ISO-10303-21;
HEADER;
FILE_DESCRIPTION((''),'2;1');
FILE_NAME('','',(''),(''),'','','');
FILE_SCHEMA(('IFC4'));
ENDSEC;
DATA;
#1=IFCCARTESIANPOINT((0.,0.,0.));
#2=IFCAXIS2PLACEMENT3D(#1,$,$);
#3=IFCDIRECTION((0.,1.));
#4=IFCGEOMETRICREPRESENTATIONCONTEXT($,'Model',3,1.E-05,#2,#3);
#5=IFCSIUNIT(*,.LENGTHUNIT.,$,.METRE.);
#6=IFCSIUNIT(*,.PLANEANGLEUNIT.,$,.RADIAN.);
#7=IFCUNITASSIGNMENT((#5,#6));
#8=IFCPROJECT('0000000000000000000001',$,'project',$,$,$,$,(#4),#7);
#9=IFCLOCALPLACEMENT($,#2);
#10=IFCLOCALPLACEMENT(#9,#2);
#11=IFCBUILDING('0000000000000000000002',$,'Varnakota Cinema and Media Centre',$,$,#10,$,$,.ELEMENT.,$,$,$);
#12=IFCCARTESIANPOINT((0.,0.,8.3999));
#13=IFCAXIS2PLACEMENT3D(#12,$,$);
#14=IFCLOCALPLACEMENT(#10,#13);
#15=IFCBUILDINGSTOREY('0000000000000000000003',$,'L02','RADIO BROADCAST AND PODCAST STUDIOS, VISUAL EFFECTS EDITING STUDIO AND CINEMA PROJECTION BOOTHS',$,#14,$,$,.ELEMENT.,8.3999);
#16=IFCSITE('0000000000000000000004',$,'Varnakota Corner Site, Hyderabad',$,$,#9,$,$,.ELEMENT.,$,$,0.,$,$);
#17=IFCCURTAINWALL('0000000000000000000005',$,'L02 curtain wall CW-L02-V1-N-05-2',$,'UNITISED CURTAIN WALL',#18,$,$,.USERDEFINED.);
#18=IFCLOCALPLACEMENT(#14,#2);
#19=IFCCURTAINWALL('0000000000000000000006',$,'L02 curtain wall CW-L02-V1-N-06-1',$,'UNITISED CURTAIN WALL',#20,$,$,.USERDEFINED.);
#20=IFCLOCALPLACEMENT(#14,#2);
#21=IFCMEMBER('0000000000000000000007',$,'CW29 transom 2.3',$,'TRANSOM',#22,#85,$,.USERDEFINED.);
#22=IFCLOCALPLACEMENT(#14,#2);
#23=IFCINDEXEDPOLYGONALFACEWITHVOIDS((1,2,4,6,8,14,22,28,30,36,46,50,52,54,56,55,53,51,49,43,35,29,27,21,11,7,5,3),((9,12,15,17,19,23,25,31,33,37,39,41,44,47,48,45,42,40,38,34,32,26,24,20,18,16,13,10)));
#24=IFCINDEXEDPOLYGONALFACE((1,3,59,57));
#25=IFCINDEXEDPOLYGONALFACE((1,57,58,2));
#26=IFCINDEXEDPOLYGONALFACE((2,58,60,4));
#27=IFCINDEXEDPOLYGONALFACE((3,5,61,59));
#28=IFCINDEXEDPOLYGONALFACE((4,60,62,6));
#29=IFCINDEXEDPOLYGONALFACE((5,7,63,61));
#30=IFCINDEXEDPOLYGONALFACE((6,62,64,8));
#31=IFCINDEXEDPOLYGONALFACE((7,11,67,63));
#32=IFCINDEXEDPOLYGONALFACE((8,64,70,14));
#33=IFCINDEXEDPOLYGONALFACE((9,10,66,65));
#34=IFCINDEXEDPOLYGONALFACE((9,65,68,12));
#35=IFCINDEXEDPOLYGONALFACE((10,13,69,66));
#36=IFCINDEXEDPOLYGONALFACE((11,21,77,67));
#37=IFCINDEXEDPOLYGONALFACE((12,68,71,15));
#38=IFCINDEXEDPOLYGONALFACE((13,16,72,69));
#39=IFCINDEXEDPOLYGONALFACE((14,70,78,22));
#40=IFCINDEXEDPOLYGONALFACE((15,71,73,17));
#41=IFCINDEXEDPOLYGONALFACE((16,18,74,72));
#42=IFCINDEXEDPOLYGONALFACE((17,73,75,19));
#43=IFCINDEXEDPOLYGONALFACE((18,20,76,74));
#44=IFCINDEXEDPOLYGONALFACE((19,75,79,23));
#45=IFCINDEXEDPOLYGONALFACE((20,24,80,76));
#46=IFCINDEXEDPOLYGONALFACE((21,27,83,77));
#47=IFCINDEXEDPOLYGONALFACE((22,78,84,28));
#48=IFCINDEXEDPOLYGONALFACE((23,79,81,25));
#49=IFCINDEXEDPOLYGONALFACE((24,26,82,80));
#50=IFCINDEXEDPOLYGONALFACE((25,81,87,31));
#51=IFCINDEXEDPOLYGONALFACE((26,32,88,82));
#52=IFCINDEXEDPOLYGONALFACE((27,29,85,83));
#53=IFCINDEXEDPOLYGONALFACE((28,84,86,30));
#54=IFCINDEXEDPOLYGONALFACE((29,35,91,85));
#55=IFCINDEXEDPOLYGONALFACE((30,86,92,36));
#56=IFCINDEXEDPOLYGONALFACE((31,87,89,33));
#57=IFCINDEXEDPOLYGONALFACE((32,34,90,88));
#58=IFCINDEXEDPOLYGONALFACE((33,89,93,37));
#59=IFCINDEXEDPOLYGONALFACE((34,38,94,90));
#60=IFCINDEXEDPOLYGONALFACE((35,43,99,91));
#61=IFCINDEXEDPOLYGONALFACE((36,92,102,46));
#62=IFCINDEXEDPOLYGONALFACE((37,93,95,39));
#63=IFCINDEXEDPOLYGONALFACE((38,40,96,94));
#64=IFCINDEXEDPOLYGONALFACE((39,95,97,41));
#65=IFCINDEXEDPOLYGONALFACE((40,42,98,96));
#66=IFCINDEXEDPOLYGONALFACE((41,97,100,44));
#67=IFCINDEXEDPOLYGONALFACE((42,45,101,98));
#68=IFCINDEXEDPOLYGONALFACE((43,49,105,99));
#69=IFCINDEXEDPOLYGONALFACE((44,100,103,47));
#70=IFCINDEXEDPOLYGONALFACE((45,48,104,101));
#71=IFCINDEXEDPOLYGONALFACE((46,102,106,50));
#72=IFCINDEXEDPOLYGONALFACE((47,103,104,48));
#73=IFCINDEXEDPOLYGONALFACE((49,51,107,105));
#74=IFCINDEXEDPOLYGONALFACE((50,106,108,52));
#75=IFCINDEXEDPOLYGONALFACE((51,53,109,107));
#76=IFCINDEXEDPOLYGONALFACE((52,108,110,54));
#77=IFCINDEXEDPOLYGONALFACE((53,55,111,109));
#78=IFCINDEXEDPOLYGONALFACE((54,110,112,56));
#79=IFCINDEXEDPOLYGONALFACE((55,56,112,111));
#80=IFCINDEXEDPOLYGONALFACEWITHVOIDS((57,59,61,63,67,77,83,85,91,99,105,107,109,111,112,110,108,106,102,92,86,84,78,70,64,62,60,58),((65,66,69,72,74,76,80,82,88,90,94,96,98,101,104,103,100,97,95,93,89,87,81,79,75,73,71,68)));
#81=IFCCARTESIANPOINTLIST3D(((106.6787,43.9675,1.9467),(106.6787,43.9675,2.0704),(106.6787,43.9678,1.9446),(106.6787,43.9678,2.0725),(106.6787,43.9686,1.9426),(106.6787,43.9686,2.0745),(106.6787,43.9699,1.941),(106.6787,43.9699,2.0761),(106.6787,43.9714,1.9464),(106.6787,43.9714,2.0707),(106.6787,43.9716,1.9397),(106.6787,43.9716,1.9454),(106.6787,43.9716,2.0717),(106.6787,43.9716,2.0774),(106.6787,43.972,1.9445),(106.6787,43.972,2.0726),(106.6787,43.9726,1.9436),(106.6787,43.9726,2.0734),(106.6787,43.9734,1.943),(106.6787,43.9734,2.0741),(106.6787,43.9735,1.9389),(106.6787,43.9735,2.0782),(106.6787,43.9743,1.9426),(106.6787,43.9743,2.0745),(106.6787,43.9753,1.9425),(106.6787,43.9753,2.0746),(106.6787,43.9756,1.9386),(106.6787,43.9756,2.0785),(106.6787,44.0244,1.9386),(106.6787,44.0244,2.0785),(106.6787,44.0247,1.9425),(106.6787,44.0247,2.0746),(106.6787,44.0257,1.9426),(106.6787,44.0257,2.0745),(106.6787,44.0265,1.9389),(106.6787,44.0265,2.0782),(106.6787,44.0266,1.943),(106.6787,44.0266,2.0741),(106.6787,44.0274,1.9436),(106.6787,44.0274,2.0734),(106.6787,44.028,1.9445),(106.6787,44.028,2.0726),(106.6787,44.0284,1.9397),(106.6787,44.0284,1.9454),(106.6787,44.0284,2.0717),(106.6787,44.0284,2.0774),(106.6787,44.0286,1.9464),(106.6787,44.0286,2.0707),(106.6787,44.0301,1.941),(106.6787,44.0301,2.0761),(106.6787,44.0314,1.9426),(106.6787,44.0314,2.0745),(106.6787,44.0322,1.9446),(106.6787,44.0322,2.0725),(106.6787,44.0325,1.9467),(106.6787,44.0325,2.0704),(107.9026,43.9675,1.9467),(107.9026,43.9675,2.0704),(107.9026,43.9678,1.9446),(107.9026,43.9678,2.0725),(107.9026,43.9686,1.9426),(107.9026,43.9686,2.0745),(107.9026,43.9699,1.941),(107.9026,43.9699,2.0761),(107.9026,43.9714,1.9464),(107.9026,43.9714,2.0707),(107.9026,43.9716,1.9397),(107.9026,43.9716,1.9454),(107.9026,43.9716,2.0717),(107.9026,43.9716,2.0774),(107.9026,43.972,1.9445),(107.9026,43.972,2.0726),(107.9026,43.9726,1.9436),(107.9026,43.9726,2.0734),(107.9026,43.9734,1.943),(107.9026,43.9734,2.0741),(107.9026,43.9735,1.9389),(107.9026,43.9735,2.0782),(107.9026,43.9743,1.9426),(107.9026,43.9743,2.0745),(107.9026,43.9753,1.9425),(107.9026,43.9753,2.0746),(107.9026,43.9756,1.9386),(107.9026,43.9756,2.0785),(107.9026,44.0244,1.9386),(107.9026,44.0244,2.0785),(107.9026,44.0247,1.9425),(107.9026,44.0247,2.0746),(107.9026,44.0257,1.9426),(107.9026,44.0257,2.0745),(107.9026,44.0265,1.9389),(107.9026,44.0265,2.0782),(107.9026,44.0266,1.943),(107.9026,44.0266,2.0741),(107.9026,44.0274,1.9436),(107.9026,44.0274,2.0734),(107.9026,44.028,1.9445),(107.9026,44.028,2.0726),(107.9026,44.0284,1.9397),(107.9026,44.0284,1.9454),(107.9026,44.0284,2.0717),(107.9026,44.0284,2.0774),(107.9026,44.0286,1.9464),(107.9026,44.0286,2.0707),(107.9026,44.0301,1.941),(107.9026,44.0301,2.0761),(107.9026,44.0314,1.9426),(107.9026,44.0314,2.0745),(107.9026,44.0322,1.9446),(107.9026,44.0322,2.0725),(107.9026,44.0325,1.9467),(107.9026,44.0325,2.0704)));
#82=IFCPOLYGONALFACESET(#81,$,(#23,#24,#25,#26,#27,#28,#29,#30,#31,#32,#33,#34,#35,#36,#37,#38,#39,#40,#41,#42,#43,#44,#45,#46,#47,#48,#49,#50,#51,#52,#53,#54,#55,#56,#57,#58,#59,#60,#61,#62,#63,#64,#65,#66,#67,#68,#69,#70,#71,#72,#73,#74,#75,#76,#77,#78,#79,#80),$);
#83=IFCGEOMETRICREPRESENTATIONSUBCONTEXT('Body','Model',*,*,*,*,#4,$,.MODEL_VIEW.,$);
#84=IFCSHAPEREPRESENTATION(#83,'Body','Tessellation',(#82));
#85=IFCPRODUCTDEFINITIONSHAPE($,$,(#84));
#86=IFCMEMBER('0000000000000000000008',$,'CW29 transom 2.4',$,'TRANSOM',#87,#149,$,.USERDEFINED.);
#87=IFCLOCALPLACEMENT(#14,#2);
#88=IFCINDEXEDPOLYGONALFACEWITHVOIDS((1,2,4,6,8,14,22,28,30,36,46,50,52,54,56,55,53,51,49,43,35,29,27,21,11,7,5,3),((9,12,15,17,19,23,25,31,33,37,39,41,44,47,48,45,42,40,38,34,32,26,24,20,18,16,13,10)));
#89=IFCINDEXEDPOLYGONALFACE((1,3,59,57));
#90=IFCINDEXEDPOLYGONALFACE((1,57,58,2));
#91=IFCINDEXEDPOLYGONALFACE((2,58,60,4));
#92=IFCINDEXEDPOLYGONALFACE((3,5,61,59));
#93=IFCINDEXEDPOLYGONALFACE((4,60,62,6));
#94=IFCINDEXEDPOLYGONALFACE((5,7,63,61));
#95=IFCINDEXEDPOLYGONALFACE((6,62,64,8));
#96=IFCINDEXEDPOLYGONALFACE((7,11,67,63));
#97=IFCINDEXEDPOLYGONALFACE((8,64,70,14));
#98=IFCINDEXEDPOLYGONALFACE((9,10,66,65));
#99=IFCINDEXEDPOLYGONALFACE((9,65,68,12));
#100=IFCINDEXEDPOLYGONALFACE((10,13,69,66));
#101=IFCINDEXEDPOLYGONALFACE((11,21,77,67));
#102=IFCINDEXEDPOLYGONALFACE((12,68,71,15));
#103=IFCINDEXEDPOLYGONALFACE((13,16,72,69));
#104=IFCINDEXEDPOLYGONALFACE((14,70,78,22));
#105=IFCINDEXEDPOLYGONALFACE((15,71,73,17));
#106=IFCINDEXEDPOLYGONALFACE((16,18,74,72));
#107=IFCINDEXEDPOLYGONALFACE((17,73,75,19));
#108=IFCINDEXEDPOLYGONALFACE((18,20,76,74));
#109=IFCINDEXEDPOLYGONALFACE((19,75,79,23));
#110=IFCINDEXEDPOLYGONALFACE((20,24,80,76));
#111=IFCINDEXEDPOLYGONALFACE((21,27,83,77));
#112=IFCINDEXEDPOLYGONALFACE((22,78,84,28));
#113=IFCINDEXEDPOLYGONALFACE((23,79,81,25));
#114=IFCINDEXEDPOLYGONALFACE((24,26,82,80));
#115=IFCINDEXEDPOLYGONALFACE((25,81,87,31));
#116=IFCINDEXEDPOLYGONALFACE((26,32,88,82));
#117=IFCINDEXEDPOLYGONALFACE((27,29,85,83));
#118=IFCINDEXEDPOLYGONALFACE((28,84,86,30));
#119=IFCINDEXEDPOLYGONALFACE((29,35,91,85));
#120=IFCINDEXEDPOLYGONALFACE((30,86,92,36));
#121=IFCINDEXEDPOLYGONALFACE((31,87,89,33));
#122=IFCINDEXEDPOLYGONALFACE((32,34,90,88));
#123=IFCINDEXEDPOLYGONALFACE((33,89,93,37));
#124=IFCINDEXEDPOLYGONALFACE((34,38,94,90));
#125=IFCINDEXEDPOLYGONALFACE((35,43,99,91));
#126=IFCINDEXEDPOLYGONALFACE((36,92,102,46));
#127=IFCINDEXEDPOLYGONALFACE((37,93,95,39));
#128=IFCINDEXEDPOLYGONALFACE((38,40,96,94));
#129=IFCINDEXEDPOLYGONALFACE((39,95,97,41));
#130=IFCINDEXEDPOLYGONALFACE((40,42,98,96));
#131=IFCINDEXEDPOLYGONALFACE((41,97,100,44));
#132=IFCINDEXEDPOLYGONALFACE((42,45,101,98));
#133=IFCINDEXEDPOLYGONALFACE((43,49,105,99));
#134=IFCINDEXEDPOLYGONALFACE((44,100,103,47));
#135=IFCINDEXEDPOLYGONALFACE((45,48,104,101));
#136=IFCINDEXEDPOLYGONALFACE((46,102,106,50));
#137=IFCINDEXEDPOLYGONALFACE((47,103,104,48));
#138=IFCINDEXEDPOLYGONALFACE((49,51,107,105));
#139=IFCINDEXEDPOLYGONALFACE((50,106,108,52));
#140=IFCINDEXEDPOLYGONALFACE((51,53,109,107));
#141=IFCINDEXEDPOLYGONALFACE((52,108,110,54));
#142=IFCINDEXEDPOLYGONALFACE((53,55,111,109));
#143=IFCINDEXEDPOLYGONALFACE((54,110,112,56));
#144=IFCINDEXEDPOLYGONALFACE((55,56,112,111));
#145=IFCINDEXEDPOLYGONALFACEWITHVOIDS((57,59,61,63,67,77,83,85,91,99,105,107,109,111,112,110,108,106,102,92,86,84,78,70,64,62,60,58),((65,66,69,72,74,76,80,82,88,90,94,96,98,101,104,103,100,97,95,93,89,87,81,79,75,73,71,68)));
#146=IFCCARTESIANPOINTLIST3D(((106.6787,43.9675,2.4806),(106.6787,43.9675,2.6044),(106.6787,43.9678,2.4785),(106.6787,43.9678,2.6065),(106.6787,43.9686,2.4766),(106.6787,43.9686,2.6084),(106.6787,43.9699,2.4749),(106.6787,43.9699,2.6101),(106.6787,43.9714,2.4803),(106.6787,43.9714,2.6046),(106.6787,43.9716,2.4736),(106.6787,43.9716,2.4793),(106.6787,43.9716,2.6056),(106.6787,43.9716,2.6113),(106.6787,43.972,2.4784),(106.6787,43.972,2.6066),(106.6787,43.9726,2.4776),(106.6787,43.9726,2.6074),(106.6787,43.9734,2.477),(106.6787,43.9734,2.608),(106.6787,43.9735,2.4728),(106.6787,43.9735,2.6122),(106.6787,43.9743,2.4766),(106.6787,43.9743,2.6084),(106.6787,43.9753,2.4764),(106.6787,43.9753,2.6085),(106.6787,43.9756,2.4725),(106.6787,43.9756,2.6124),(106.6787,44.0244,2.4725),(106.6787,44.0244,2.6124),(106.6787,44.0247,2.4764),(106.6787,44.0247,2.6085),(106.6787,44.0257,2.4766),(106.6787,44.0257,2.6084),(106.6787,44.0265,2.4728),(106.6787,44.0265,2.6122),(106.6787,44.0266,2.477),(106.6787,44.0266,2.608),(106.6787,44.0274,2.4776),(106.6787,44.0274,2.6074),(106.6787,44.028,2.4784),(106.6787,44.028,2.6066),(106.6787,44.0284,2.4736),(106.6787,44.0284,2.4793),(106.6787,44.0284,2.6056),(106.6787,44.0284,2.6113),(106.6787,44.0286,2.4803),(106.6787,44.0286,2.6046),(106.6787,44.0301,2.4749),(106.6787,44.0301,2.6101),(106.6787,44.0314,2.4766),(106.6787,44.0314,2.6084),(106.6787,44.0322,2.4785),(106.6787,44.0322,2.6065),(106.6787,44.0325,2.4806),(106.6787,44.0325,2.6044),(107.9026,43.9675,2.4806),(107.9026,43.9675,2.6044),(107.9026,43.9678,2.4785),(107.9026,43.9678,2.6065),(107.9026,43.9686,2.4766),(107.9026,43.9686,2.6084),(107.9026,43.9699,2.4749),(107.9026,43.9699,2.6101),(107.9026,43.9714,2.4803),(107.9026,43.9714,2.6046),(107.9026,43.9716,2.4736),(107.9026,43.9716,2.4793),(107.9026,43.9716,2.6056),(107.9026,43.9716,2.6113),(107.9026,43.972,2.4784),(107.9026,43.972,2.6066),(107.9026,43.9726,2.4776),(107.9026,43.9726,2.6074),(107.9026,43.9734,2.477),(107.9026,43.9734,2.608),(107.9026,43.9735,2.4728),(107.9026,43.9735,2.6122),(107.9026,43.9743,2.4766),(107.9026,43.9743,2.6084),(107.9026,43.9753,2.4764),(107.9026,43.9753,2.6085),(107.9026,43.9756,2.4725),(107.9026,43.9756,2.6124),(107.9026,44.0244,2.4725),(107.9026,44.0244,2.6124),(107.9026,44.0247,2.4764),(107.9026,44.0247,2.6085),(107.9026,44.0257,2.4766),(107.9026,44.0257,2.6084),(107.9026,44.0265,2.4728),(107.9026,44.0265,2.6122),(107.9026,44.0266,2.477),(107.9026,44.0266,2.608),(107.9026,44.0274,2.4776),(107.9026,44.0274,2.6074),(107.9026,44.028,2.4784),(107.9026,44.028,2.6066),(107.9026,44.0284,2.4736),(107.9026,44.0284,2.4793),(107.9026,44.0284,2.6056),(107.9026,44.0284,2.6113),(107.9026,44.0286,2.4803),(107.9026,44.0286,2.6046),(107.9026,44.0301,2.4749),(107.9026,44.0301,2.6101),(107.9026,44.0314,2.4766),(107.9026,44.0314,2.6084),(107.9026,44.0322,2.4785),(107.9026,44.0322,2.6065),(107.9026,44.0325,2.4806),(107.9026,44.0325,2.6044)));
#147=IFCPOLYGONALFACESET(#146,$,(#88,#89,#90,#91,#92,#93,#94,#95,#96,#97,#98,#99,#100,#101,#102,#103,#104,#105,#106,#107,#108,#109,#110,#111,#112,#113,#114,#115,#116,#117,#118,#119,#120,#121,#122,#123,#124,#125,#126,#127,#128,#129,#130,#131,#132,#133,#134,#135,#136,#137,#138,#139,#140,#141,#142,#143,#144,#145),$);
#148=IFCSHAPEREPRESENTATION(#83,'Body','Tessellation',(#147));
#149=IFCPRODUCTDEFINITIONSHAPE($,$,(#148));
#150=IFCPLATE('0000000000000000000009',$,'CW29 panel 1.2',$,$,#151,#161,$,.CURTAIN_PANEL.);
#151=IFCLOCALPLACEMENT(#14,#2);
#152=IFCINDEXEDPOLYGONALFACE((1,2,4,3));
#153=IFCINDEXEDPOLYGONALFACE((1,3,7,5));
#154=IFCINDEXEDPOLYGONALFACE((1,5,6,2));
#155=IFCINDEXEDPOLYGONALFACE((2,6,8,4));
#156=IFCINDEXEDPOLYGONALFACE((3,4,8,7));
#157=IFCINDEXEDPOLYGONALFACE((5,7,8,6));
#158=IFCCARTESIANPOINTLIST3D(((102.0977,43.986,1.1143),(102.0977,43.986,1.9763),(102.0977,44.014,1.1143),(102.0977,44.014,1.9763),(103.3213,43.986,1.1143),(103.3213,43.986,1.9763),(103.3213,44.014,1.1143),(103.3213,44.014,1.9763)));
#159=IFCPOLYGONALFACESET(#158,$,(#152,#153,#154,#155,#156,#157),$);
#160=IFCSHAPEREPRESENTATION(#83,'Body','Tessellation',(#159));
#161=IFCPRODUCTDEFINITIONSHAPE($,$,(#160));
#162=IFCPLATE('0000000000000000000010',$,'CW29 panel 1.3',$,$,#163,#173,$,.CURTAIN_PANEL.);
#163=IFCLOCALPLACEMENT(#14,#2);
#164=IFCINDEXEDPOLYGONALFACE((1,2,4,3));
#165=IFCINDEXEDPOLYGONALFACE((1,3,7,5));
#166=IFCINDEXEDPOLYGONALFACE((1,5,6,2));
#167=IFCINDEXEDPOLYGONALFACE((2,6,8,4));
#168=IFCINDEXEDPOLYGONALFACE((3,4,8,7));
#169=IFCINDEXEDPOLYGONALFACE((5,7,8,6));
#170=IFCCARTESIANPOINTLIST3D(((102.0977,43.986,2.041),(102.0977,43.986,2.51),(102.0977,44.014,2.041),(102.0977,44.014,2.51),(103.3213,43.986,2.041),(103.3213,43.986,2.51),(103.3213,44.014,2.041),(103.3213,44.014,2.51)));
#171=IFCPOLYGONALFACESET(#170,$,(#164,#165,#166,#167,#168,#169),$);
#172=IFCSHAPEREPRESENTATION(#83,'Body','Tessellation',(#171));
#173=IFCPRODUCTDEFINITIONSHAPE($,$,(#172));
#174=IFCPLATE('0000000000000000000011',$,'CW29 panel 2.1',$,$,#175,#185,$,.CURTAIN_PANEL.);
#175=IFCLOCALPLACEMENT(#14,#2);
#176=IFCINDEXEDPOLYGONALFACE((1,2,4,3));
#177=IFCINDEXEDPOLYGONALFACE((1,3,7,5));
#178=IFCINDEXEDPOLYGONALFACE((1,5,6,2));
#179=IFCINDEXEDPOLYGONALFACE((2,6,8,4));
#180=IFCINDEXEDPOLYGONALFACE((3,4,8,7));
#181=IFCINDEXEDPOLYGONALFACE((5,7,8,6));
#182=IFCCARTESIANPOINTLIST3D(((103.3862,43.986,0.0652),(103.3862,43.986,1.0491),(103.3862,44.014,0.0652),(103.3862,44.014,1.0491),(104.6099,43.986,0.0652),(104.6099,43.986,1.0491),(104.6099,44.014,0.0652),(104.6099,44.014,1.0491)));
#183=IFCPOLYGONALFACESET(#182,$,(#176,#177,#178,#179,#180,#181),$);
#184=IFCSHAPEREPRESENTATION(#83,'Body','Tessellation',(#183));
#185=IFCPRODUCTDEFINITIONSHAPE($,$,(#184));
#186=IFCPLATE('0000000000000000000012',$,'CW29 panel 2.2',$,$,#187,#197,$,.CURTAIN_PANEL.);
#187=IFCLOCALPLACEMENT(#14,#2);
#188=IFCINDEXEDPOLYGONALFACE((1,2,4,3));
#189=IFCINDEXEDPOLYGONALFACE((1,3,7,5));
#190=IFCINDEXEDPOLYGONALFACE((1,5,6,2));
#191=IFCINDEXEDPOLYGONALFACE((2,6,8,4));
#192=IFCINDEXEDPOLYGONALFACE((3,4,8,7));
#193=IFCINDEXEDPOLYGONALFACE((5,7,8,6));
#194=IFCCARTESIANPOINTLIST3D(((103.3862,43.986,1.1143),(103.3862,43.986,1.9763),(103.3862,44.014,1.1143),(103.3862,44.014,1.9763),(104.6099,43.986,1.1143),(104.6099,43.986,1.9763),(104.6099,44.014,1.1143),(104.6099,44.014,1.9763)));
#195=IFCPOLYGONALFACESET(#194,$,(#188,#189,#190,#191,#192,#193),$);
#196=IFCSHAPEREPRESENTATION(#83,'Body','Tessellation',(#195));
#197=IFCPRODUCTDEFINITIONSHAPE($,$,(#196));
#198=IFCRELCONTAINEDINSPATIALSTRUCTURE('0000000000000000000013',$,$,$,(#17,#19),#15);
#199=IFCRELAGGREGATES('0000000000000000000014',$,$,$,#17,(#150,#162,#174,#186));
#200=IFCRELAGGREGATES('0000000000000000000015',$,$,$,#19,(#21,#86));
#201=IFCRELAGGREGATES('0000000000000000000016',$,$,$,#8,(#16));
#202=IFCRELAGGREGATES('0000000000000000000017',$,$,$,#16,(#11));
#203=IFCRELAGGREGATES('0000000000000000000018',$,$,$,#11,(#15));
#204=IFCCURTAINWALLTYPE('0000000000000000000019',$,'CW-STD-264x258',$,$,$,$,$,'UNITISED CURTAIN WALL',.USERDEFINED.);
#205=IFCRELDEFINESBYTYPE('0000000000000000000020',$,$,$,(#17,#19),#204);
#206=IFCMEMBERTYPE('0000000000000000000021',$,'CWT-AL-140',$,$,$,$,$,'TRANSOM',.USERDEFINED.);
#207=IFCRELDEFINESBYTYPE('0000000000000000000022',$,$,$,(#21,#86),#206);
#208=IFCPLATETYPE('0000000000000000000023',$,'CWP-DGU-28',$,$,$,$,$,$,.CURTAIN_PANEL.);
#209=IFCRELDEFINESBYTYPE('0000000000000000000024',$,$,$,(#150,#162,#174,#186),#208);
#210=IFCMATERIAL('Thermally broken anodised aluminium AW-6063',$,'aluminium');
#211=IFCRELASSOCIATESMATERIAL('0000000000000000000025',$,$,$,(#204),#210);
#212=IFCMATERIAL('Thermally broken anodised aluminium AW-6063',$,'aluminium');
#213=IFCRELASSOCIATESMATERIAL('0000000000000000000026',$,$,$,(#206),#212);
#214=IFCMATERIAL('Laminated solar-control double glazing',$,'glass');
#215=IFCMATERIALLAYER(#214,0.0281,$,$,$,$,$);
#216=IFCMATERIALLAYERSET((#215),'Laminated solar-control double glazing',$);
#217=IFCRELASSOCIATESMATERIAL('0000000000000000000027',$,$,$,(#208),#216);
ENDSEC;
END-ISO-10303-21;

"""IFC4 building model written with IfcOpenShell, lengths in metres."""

from ifc_helpers import new_model, si_unit, direction, frame, origin, origin_2d, place, context, subcontext, project, spatial, rectangle, hollow_rectangle, extrude, material, layer, layer_set, material_profile, profile_set, type_object, element, aggregate, save


model = new_model("IFC4")

# Units and contexts
model_context = context("Model", 3, precision=1e-05, world=origin(), true_north=direction((0.0, 1.0)))
body_context = subcontext(model_context, "Body", "Model", "MODEL_VIEW")
ifc_project = project(units=[si_unit("LENGTHUNIT", "METRE"), si_unit("PLANEANGLEUNIT", "RADIAN")], contexts=[model_context])

# Site, building, storey
site_placement = place(None, origin())
site = spatial("IfcSite", under=ifc_project, at=site_placement, Name="Varnakota Corner Site, Hyderabad", CompositionType="ELEMENT", RefElevation=0.0)
building_placement = place(site_placement, origin())
building = spatial("IfcBuilding", under=site, at=building_placement, Name="Varnakota Cinema and Media Centre", CompositionType="ELEMENT")
storey_placement = place(building_placement, frame((0.0, 0.0, 8.3999)))
storey = spatial("IfcBuildingStorey", under=building, at=storey_placement, Name="L02", Description="RADIO BROADCAST AND PODCAST STUDIOS, VISUAL EFFECTS EDITING STUDIO AND CINEMA PROJECTION BOOTHS", CompositionType="ELEMENT", Elevation=8.3999)

# Curtain walls
ifc_material_1 = material(Name="Thermally broken anodised aluminium AW-6063", Category="aluminium")
curtain_wall_type = type_object("IfcCurtainWallType", Name="CW-STD-264x258", ElementType="UNITISED CURTAIN WALL", PredefinedType="USERDEFINED", material=ifc_material_1)
curtain_wall_1_placement = place(storey_placement, origin())
curtain_wall_1 = element("IfcCurtainWall", 1, at=curtain_wall_1_placement, inside=storey, type_object=curtain_wall_type, Name="L02 curtain wall CW-L02-V1-N-05-2", ObjectType="UNITISED CURTAIN WALL", PredefinedType="USERDEFINED")
curtain_wall_2_placement = place(storey_placement, origin())
curtain_wall_2 = element("IfcCurtainWall", 2, at=curtain_wall_2_placement, inside=storey, type_object=curtain_wall_type, Name="L02 curtain wall CW-L02-V1-N-06-1", ObjectType="UNITISED CURTAIN WALL", PredefinedType="USERDEFINED")

# Members
ifc_material_2 = material(Name="Thermally broken anodised aluminium AW-6063", Category="aluminium")
ifc_material_profile_1 = material_profile(ifc_material_2, hollow_rectangle(XDim=0.0649, YDim=0.1399, WallThickness=0.0039, InnerFilletRadius=0.0039, OuterFilletRadius=0.0081, at=origin_2d()), Name="AL-TRANSOM 140x65x4")
ifc_profile_set_1 = profile_set([ifc_material_profile_1], Name="Thermally broken anodised aluminium AW-6063")
member_type_1 = type_object("IfcMemberType", Name="CWT-AL-140", ElementType="TRANSOM", PredefinedType="USERDEFINED", material=ifc_profile_set_1)
member_1_placement = place(storey_placement, frame((106.6787, 44.0, 2.0085), z_axis=(1.0, 0.0, 0.0), x_axis=(0.0, 1.0, 0.0)))
member_1 = element("IfcMember", 3, at=member_1_placement, type_object=member_type_1, Name="CW29 transom 2.3", ObjectType="TRANSOM", PredefinedType="USERDEFINED", context=body_context, shape_type="SweptSolid", body=[
    extrude(hollow_rectangle(XDim=0.0649, YDim=0.1399, WallThickness=0.0039, InnerFilletRadius=0.0039, OuterFilletRadius=0.0081, at=origin_2d()), origin(), (0.0, 0.0, 1.0), 1.2239),
])
member_2_placement = place(storey_placement, frame((106.6787, 44.0, 2.5425), z_axis=(1.0, 0.0, 0.0), x_axis=(0.0, 1.0, 0.0)))
member_2 = element("IfcMember", 4, at=member_2_placement, type_object=member_type_1, Name="CW29 transom 2.4", ObjectType="TRANSOM", PredefinedType="USERDEFINED", context=body_context, shape_type="SweptSolid", body=[
    extrude(hollow_rectangle(XDim=0.0649, YDim=0.1399, WallThickness=0.0039, InnerFilletRadius=0.0039, OuterFilletRadius=0.0081, at=origin_2d()), origin(), (0.0, 0.0, 1.0), 1.2239),
])

# Plates
ifc_material_3 = material(Name="Laminated solar-control double glazing", Category="glass")
ifc_layer = layer(ifc_material_3, 0.0281)
ifc_layer_set = layer_set([ifc_layer], Name="Laminated solar-control double glazing")
plate_type = type_object("IfcPlateType", Name="CWP-DGU-28", PredefinedType="CURTAIN_PANEL", material=ifc_layer_set)
plate_1_placement = place(storey_placement, frame((102.7095, 44.0, 1.1143), z_axis=(0.0, 0.0, 1.0), x_axis=(1.0, 0.0, 0.0)))
plate_1 = element("IfcPlate", 5, at=plate_1_placement, type_object=plate_type, Name="CW29 panel 1.2", PredefinedType="CURTAIN_PANEL", context=body_context, shape_type="SweptSolid", body=[
    extrude(rectangle(XDim=1.2236, YDim=0.0281, at=origin_2d()), origin(), (0.0, 0.0, 1.0), 0.8621),
])
plate_2_placement = place(storey_placement, frame((102.7095, 44.0, 2.041), z_axis=(0.0, 0.0, 1.0), x_axis=(1.0, 0.0, 0.0)))
plate_2 = element("IfcPlate", 6, at=plate_2_placement, type_object=plate_type, Name="CW29 panel 1.3", PredefinedType="CURTAIN_PANEL", context=body_context, shape_type="SweptSolid", body=[
    extrude(rectangle(XDim=1.2236, YDim=0.0281, at=origin_2d()), origin(), (0.0, 0.0, 1.0), 0.469),
])
plate_3_placement = place(storey_placement, frame((103.998, 44.0, 0.0652), z_axis=(0.0, 0.0, 1.0), x_axis=(1.0, 0.0, 0.0)))
plate_3 = element("IfcPlate", 7, at=plate_3_placement, type_object=plate_type, Name="CW29 panel 2.1", PredefinedType="CURTAIN_PANEL", context=body_context, shape_type="SweptSolid", body=[
    extrude(rectangle(XDim=1.2236, YDim=0.0281, at=origin_2d()), origin(), (0.0, 0.0, 1.0), 0.9839),
])
plate_4_placement = place(storey_placement, frame((103.998, 44.0, 1.1143), z_axis=(0.0, 0.0, 1.0), x_axis=(1.0, 0.0, 0.0)))
plate_4 = element("IfcPlate", 8, at=plate_4_placement, type_object=plate_type, Name="CW29 panel 2.2", PredefinedType="CURTAIN_PANEL", context=body_context, shape_type="SweptSolid", body=[
    extrude(rectangle(XDim=1.2236, YDim=0.0281, at=origin_2d()), origin(), (0.0, 0.0, 1.0), 0.8621),
])
aggregate(curtain_wall_1, [plate_1, plate_2, plate_3, plate_4])
aggregate(curtain_wall_2, [member_1, member_2])

save(model, "model.ifc")
